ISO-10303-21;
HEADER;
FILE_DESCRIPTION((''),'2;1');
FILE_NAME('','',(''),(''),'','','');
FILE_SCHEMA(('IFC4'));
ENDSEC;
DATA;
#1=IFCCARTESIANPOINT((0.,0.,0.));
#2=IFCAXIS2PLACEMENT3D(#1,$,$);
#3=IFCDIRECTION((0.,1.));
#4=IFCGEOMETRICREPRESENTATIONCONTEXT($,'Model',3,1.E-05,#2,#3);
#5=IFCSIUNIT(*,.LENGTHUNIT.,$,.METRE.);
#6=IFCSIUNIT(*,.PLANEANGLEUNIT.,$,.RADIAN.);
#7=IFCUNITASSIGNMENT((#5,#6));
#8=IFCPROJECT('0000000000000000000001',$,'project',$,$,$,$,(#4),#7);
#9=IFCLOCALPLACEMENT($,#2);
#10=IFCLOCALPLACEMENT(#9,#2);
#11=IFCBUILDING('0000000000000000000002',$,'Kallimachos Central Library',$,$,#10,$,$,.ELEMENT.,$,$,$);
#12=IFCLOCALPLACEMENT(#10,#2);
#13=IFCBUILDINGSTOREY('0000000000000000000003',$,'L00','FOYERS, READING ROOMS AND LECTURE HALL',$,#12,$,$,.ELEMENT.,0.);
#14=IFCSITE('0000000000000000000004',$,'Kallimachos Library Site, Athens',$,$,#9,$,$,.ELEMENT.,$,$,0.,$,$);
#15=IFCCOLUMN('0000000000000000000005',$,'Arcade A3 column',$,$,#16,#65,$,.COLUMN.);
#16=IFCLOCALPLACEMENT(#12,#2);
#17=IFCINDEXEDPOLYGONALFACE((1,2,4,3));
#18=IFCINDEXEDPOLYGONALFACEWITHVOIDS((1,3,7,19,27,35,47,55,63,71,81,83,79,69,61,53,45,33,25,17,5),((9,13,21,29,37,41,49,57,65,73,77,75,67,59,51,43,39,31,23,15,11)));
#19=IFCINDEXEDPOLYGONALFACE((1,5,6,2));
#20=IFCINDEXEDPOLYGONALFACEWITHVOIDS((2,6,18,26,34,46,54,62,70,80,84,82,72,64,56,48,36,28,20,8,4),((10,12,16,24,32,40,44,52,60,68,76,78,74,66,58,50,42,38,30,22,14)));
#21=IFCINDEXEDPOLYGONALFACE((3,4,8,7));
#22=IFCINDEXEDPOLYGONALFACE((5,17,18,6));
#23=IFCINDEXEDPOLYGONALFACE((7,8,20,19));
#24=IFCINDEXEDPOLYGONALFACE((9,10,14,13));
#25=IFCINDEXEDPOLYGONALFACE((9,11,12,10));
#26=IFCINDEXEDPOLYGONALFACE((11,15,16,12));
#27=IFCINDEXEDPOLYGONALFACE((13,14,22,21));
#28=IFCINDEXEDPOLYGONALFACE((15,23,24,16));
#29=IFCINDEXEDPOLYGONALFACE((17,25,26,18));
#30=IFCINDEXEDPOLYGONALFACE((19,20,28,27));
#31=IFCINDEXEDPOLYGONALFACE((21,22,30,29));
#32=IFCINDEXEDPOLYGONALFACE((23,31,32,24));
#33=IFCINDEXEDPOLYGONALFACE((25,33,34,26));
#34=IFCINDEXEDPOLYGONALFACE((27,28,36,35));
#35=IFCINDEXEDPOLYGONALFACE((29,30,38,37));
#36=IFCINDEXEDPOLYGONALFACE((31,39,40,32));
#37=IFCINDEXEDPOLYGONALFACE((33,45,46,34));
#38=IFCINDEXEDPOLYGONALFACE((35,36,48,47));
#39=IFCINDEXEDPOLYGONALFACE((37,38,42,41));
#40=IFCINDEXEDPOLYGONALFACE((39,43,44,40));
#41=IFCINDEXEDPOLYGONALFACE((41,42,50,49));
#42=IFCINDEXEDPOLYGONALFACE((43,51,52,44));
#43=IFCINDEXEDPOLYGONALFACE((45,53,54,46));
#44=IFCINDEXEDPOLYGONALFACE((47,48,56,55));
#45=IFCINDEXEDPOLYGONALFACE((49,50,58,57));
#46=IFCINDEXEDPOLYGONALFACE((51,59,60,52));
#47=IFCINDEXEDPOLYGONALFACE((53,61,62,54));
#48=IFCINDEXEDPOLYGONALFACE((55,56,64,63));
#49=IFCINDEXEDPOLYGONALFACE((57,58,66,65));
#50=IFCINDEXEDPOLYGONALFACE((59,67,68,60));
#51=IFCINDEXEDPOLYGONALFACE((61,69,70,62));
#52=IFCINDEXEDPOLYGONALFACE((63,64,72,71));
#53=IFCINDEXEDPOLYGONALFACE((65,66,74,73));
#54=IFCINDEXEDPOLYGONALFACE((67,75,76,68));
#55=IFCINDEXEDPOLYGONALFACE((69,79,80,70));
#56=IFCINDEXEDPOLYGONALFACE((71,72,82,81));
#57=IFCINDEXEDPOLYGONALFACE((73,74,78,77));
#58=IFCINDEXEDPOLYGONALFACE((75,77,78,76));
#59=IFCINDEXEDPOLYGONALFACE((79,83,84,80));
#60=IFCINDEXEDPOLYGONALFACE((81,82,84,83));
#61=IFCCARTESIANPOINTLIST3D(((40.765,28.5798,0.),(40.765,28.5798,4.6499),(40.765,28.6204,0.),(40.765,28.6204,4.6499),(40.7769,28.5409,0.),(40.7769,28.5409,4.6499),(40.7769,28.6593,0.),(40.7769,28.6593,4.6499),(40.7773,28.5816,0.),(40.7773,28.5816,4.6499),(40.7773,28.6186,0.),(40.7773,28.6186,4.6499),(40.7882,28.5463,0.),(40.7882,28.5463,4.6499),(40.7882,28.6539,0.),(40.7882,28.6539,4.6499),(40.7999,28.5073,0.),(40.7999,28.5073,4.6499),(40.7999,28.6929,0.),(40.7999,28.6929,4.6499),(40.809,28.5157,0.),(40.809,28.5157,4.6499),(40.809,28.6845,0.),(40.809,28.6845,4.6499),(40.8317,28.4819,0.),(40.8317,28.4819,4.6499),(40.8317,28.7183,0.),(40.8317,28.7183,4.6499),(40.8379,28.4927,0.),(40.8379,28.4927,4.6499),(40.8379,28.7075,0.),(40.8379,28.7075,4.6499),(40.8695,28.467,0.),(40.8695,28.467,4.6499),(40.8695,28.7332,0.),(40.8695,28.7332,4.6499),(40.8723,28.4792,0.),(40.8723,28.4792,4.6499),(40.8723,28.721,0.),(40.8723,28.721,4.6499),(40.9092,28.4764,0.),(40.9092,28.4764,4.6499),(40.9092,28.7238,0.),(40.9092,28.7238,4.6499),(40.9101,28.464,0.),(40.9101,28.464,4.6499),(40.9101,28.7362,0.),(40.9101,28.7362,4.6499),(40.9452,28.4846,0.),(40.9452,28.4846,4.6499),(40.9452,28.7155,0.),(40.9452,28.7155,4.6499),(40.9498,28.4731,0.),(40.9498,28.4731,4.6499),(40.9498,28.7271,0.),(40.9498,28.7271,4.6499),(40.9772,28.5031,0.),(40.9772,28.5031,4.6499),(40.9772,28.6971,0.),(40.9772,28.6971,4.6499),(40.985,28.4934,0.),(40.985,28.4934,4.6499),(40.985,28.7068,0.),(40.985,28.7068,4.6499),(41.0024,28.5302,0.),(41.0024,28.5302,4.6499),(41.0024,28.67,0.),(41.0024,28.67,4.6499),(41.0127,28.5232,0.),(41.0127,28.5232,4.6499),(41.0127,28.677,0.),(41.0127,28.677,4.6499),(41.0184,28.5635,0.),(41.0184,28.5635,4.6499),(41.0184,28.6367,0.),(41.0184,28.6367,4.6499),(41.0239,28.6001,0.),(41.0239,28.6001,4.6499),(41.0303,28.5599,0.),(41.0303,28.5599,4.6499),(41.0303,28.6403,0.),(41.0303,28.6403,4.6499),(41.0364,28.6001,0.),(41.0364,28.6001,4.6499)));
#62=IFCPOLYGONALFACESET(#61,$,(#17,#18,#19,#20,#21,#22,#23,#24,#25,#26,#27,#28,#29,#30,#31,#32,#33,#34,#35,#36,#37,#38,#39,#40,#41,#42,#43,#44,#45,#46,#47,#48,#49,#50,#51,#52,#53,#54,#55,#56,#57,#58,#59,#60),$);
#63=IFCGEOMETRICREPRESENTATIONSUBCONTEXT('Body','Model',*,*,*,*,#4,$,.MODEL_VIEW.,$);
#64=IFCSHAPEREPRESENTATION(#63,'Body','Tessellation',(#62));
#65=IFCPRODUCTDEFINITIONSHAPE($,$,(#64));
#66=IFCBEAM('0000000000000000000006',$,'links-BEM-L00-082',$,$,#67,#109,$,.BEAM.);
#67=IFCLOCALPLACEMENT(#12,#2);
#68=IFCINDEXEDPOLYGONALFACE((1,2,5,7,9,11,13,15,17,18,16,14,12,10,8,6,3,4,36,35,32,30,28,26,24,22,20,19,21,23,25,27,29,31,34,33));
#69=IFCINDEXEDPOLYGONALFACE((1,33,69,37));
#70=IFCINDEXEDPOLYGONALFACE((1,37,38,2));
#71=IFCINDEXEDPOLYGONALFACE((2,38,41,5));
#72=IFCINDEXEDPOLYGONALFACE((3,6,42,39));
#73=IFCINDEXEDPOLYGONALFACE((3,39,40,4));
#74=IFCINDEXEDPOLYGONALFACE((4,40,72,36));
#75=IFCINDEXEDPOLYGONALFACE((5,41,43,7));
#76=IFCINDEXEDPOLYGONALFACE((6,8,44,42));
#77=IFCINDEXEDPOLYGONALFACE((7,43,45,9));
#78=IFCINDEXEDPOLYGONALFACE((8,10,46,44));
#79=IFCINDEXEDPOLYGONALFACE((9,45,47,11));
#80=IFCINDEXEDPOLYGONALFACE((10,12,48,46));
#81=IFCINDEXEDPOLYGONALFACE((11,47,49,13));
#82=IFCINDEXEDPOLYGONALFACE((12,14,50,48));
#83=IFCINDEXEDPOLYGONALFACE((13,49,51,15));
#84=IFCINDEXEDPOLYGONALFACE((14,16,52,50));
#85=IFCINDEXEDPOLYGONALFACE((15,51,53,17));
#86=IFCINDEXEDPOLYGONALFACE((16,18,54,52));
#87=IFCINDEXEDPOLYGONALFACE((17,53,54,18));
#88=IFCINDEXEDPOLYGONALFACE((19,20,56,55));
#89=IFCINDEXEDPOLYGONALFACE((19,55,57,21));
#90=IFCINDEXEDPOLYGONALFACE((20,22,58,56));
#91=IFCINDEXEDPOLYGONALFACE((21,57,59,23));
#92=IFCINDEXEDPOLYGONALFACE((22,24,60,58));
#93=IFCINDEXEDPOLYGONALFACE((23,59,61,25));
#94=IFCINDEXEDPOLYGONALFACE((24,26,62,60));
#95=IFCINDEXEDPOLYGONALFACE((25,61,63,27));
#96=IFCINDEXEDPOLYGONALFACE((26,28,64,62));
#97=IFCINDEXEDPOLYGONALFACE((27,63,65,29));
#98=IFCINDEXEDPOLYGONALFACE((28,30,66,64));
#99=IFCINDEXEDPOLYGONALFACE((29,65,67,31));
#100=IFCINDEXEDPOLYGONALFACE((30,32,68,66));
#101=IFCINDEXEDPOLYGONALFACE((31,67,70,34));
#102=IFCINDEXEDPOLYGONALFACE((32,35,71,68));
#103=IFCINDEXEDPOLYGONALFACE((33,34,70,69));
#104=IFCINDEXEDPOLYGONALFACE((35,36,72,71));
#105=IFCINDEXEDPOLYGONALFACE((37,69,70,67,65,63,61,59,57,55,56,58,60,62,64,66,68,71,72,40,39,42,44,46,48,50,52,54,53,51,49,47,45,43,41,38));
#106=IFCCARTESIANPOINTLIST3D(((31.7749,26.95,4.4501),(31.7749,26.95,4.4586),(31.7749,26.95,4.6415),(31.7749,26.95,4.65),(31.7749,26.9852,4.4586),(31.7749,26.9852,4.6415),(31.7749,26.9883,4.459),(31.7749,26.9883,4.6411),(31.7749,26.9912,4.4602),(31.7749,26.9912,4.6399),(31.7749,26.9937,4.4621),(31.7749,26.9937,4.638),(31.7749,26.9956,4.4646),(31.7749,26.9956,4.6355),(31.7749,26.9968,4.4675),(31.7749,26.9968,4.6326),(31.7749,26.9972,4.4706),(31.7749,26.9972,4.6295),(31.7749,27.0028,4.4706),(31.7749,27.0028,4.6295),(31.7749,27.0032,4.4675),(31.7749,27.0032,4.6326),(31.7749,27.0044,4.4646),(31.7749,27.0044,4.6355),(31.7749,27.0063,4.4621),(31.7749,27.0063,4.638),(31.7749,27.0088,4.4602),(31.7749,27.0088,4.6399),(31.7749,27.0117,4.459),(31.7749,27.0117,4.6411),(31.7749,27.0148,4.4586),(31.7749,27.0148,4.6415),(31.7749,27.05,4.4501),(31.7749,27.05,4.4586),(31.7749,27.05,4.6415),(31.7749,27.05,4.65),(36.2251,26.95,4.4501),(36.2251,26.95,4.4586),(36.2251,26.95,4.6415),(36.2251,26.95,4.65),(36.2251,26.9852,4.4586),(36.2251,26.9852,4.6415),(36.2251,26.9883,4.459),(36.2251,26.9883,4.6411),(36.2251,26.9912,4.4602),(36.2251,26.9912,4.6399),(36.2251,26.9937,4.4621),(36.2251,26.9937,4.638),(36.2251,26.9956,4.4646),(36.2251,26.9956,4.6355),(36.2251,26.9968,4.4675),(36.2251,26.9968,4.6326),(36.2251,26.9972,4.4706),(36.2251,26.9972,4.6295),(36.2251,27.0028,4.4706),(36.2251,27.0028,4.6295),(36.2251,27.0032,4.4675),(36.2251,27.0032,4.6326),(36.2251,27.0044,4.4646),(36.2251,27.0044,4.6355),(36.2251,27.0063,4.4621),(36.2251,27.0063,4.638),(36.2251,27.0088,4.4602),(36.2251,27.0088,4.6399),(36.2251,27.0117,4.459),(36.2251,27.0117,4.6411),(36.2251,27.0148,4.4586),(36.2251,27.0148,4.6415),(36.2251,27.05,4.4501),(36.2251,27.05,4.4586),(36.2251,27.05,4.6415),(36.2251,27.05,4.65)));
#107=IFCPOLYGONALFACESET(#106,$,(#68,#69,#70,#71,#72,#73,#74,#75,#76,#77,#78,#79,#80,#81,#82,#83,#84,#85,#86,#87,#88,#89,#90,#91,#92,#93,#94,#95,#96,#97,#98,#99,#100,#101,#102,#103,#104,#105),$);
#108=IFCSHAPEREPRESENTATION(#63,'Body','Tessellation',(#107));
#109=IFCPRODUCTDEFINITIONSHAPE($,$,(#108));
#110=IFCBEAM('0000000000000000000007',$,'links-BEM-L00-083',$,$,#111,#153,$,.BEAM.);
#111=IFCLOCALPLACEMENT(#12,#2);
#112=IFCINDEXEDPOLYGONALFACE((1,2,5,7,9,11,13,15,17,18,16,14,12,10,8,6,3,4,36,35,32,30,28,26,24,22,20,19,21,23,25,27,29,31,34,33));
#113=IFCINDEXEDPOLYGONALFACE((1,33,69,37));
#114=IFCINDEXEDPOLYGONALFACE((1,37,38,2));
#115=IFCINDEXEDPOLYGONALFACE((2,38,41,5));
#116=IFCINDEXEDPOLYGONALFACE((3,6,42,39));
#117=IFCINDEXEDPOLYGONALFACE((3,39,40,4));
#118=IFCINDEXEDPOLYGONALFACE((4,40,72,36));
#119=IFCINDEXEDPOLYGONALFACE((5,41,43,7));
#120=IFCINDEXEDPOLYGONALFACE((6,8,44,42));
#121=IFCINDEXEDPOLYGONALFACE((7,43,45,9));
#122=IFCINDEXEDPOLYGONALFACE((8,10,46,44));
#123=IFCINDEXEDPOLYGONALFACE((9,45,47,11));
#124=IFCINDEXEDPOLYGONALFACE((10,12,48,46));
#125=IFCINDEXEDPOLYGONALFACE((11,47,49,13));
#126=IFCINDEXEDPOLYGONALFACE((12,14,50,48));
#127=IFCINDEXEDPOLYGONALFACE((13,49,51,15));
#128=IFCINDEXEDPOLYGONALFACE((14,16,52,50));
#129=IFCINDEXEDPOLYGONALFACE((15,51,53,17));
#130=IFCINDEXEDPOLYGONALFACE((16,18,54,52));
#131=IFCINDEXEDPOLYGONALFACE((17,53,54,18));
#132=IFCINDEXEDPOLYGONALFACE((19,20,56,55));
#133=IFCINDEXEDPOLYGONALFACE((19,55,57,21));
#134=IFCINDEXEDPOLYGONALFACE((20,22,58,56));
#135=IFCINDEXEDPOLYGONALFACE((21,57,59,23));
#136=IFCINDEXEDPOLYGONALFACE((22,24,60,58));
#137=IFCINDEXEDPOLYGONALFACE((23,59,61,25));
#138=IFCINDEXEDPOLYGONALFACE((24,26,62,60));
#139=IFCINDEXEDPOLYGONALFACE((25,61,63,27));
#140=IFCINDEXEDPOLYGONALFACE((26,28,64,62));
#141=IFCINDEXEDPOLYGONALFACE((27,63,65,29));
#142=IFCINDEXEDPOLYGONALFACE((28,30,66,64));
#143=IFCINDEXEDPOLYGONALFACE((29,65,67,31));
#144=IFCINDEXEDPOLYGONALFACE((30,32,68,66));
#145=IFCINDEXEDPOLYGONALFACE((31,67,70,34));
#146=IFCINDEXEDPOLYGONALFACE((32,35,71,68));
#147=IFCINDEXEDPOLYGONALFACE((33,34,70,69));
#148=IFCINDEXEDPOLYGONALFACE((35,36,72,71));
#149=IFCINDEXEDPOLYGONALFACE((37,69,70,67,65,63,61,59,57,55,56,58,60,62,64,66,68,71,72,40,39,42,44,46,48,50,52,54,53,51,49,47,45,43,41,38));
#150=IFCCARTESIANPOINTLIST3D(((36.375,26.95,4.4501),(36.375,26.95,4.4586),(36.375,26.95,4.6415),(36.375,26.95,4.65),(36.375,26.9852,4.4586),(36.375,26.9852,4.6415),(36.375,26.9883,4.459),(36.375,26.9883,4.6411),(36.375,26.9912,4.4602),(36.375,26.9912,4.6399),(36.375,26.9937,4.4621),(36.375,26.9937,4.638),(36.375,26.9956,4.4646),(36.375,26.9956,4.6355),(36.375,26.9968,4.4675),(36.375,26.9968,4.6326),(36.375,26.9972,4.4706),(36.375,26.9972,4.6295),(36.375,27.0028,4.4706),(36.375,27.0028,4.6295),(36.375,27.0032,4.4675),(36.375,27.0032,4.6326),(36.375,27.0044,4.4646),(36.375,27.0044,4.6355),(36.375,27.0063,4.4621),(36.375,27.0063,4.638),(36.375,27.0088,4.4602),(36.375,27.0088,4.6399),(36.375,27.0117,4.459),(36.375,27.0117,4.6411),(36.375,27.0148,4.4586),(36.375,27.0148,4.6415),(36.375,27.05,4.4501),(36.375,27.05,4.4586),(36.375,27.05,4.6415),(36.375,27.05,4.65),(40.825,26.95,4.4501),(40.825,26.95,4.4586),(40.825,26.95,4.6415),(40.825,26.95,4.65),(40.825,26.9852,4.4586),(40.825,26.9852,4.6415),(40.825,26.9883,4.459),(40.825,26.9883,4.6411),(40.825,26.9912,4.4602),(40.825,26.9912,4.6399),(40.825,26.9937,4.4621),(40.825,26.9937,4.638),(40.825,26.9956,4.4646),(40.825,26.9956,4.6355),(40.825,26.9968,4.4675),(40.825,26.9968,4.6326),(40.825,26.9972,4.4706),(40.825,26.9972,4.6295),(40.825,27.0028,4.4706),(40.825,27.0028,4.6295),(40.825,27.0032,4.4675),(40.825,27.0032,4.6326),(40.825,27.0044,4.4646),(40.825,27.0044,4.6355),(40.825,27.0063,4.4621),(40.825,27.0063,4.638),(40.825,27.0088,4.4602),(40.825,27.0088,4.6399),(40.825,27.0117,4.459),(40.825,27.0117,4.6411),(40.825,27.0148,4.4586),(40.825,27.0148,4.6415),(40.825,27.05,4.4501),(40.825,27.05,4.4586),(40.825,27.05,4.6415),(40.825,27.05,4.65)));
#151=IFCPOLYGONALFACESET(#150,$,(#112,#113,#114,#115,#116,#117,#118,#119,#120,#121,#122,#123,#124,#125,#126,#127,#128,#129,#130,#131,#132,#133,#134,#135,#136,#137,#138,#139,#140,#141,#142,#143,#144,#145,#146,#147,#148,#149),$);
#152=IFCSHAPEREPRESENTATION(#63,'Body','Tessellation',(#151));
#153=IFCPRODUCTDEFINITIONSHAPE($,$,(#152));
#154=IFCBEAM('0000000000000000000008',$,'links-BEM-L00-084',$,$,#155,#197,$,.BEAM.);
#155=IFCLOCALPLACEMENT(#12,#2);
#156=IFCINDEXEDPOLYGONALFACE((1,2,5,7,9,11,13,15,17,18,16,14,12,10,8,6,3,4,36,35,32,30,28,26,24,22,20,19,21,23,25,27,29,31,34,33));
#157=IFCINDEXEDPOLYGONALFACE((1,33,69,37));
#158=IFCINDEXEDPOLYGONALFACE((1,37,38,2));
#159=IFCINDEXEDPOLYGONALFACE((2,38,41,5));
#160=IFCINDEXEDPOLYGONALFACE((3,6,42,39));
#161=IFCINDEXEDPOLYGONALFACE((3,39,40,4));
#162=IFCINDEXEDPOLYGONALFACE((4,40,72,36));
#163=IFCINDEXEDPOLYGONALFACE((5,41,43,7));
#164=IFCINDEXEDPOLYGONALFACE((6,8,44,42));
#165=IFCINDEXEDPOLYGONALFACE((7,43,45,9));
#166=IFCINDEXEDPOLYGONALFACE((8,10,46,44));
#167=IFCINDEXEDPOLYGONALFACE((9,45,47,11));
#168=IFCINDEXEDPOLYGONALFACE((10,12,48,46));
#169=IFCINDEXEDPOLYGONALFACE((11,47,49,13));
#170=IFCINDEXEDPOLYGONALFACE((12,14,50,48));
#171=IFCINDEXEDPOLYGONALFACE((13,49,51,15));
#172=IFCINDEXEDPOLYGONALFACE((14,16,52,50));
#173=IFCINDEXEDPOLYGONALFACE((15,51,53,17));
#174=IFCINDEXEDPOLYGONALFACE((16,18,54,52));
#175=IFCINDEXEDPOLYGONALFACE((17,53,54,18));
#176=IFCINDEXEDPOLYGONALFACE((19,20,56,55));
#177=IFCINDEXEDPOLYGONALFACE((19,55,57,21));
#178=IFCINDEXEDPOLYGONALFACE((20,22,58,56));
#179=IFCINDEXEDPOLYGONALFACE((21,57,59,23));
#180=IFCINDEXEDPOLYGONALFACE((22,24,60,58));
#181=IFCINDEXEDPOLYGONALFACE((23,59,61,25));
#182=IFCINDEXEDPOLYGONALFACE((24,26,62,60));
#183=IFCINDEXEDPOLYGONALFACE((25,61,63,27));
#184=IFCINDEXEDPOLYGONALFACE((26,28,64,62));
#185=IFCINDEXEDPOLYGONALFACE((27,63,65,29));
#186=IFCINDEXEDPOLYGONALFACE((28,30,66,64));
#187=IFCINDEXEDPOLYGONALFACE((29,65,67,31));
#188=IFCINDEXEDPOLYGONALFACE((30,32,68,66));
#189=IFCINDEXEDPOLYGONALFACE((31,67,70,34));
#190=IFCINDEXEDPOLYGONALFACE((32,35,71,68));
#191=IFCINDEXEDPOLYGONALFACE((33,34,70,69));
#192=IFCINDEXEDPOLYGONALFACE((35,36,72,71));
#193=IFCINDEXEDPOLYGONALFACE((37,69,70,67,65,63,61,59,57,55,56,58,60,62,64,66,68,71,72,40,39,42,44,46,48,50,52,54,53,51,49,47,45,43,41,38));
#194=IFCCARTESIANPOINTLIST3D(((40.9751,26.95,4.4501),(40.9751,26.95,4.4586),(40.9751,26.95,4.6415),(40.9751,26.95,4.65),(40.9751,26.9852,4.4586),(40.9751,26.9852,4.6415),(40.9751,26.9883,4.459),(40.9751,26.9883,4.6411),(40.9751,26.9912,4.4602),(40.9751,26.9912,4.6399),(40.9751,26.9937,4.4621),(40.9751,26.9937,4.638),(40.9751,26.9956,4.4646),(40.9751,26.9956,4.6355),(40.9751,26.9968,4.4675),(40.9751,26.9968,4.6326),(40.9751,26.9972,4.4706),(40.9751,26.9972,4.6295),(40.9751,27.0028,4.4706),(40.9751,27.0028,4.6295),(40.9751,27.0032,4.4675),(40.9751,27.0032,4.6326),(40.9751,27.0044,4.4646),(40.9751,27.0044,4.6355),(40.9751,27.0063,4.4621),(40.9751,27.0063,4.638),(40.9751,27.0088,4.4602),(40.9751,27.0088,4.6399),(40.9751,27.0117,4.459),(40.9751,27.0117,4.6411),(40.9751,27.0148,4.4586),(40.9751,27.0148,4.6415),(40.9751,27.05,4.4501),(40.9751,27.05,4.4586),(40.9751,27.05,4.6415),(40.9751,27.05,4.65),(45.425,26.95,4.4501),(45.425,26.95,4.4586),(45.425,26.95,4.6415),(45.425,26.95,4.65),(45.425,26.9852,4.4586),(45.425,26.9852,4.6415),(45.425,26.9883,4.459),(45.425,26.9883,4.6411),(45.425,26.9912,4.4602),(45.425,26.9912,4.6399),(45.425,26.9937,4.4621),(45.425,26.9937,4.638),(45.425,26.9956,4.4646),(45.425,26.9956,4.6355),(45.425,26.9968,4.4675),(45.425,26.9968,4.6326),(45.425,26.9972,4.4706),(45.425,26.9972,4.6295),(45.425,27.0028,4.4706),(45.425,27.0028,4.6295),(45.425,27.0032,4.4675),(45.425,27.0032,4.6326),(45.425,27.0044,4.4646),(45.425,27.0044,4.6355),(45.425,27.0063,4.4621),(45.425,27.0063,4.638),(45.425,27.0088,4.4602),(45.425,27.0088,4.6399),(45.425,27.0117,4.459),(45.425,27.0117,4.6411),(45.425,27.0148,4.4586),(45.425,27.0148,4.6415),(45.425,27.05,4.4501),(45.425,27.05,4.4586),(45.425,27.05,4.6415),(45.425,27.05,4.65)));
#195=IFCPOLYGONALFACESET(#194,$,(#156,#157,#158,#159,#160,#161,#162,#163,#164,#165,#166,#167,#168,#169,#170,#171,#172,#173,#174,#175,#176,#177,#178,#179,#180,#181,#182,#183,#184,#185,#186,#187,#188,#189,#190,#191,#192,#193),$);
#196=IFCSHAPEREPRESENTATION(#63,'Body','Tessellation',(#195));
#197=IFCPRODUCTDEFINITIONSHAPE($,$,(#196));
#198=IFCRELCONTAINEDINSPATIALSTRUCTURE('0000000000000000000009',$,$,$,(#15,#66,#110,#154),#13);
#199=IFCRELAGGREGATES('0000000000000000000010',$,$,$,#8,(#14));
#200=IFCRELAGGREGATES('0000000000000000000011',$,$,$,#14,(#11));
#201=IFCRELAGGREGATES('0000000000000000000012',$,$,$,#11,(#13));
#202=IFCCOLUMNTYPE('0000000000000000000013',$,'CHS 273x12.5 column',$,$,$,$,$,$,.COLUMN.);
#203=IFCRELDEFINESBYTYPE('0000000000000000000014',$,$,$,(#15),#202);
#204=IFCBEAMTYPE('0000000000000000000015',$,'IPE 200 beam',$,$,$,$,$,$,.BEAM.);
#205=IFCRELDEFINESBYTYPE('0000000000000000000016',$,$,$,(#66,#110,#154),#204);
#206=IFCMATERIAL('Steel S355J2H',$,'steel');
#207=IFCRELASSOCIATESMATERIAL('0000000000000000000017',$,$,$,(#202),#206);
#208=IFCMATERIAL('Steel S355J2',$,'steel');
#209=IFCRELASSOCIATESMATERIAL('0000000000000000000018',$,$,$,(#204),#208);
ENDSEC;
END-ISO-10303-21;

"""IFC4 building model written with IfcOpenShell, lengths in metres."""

from ifc_helpers import new_model, si_unit, direction, frame, origin, origin_2d, place, context, subcontext, project, spatial, hollow_circle, i_section, extrude, material, material_profile, profile_set, type_object, element, save


model = new_model("IFC4")

# Units and contexts
model_context = context("Model", 3, precision=1e-05, world=origin(), true_north=direction((0.0, 1.0)))
body_context = subcontext(model_context, "Body", "Model", "MODEL_VIEW")
ifc_project = project(units=[si_unit("LENGTHUNIT", "METRE"), si_unit("PLANEANGLEUNIT", "RADIAN")], contexts=[model_context])

# Site, building, storey
site_placement = place(None, origin())
site = spatial("IfcSite", under=ifc_project, at=site_placement, Name="Kallimachos Library Site, Athens", CompositionType="ELEMENT", RefElevation=0.0)
building_placement = place(site_placement, origin())
building = spatial("IfcBuilding", under=site, at=building_placement, Name="Kallimachos Central Library", CompositionType="ELEMENT")
storey_placement = place(building_placement, origin())
storey = spatial("IfcBuildingStorey", under=building, at=storey_placement, Name="L00", Description="FOYERS, READING ROOMS AND LECTURE HALL", CompositionType="ELEMENT", Elevation=0.0)

# Column
ifc_material_1 = material(Name="Steel S355J2H", Category="steel")
ifc_material_profile_1 = material_profile(ifc_material_1, hollow_circle(Radius=0.1365, WallThickness=0.0125, at=origin_2d()), Name="CHS 273x12.5")
ifc_profile_set_1 = profile_set([ifc_material_profile_1], Name="Steel S355J2H")
column_type = type_object("IfcColumnType", Name="CHS 273x12.5 column", PredefinedType="COLUMN", material=ifc_profile_set_1)
for number, where, z_axis, x_axis, name in (
    (1, (40.8999, 28.6001, 0.0), (0.0, 0.0, 1.0), (1.0, 0.0, 0.0), "Arcade A3 column"),
):
    element("IfcColumn", number, at=place(storey_placement, frame(where, z_axis=z_axis, x_axis=x_axis)), inside=storey, type_object=column_type, Name=name, PredefinedType="COLUMN", context=body_context, shape_type="SweptSolid", body=[
        extrude(hollow_circle(Radius=0.1365, WallThickness=0.0125, at=origin_2d()), origin(), (0.0, 0.0, 1.0), 4.6499),
    ])

# Beams
ifc_material_2 = material(Name="Steel S355J2", Category="steel")
ifc_material_profile_2 = material_profile(ifc_material_2, i_section(OverallWidth=0.1001, OverallDepth=0.2, WebThickness=0.0056, FlangeThickness=0.0085, FilletRadius=0.012, at=origin_2d()), Name="IPE 200")
ifc_profile_set_2 = profile_set([ifc_material_profile_2], Name="Steel S355J2")
beam_type_1 = type_object("IfcBeamType", Name="IPE 200 beam", PredefinedType="BEAM", material=ifc_profile_set_2)
beam_1_placement = place(storey_placement, frame((31.7749, 27.0, 4.55), z_axis=(1.0, 0.0, 0.0), x_axis=(0.0, 1.0, 0.0)))
element("IfcBeam", 2, at=beam_1_placement, inside=storey, type_object=beam_type_1, Name="links-BEM-L00-082", PredefinedType="BEAM", context=body_context, shape_type="SweptSolid", body=[
    extrude(i_section(OverallWidth=0.1001, OverallDepth=0.2, WebThickness=0.0056, FlangeThickness=0.0085, FilletRadius=0.012, at=origin_2d()), origin(), (0.0, 0.0, 1.0), 4.4502),
])
for number, where, z_axis, x_axis, name in (
    (3, (36.375, 27.0, 4.55), (1.0, 0.0, 0.0), (0.0, 1.0, 0.0), "links-BEM-L00-083"),
    (4, (40.9751, 27.0, 4.55), (1.0, 0.0, 0.0), (0.0, 1.0, 0.0), "links-BEM-L00-084"),
):
    element("IfcBeam", number, at=place(storey_placement, frame(where, z_axis=z_axis, x_axis=x_axis)), inside=storey, type_object=beam_type_1, Name=name, PredefinedType="BEAM", context=body_context, shape_type="SweptSolid", body=[
        extrude(i_section(OverallWidth=0.1001, OverallDepth=0.2, WebThickness=0.0056, FlangeThickness=0.0085, FilletRadius=0.012, at=origin_2d()), origin(), (0.0, 0.0, 1.0), 4.45),
    ])

save(model, "model.ifc")
